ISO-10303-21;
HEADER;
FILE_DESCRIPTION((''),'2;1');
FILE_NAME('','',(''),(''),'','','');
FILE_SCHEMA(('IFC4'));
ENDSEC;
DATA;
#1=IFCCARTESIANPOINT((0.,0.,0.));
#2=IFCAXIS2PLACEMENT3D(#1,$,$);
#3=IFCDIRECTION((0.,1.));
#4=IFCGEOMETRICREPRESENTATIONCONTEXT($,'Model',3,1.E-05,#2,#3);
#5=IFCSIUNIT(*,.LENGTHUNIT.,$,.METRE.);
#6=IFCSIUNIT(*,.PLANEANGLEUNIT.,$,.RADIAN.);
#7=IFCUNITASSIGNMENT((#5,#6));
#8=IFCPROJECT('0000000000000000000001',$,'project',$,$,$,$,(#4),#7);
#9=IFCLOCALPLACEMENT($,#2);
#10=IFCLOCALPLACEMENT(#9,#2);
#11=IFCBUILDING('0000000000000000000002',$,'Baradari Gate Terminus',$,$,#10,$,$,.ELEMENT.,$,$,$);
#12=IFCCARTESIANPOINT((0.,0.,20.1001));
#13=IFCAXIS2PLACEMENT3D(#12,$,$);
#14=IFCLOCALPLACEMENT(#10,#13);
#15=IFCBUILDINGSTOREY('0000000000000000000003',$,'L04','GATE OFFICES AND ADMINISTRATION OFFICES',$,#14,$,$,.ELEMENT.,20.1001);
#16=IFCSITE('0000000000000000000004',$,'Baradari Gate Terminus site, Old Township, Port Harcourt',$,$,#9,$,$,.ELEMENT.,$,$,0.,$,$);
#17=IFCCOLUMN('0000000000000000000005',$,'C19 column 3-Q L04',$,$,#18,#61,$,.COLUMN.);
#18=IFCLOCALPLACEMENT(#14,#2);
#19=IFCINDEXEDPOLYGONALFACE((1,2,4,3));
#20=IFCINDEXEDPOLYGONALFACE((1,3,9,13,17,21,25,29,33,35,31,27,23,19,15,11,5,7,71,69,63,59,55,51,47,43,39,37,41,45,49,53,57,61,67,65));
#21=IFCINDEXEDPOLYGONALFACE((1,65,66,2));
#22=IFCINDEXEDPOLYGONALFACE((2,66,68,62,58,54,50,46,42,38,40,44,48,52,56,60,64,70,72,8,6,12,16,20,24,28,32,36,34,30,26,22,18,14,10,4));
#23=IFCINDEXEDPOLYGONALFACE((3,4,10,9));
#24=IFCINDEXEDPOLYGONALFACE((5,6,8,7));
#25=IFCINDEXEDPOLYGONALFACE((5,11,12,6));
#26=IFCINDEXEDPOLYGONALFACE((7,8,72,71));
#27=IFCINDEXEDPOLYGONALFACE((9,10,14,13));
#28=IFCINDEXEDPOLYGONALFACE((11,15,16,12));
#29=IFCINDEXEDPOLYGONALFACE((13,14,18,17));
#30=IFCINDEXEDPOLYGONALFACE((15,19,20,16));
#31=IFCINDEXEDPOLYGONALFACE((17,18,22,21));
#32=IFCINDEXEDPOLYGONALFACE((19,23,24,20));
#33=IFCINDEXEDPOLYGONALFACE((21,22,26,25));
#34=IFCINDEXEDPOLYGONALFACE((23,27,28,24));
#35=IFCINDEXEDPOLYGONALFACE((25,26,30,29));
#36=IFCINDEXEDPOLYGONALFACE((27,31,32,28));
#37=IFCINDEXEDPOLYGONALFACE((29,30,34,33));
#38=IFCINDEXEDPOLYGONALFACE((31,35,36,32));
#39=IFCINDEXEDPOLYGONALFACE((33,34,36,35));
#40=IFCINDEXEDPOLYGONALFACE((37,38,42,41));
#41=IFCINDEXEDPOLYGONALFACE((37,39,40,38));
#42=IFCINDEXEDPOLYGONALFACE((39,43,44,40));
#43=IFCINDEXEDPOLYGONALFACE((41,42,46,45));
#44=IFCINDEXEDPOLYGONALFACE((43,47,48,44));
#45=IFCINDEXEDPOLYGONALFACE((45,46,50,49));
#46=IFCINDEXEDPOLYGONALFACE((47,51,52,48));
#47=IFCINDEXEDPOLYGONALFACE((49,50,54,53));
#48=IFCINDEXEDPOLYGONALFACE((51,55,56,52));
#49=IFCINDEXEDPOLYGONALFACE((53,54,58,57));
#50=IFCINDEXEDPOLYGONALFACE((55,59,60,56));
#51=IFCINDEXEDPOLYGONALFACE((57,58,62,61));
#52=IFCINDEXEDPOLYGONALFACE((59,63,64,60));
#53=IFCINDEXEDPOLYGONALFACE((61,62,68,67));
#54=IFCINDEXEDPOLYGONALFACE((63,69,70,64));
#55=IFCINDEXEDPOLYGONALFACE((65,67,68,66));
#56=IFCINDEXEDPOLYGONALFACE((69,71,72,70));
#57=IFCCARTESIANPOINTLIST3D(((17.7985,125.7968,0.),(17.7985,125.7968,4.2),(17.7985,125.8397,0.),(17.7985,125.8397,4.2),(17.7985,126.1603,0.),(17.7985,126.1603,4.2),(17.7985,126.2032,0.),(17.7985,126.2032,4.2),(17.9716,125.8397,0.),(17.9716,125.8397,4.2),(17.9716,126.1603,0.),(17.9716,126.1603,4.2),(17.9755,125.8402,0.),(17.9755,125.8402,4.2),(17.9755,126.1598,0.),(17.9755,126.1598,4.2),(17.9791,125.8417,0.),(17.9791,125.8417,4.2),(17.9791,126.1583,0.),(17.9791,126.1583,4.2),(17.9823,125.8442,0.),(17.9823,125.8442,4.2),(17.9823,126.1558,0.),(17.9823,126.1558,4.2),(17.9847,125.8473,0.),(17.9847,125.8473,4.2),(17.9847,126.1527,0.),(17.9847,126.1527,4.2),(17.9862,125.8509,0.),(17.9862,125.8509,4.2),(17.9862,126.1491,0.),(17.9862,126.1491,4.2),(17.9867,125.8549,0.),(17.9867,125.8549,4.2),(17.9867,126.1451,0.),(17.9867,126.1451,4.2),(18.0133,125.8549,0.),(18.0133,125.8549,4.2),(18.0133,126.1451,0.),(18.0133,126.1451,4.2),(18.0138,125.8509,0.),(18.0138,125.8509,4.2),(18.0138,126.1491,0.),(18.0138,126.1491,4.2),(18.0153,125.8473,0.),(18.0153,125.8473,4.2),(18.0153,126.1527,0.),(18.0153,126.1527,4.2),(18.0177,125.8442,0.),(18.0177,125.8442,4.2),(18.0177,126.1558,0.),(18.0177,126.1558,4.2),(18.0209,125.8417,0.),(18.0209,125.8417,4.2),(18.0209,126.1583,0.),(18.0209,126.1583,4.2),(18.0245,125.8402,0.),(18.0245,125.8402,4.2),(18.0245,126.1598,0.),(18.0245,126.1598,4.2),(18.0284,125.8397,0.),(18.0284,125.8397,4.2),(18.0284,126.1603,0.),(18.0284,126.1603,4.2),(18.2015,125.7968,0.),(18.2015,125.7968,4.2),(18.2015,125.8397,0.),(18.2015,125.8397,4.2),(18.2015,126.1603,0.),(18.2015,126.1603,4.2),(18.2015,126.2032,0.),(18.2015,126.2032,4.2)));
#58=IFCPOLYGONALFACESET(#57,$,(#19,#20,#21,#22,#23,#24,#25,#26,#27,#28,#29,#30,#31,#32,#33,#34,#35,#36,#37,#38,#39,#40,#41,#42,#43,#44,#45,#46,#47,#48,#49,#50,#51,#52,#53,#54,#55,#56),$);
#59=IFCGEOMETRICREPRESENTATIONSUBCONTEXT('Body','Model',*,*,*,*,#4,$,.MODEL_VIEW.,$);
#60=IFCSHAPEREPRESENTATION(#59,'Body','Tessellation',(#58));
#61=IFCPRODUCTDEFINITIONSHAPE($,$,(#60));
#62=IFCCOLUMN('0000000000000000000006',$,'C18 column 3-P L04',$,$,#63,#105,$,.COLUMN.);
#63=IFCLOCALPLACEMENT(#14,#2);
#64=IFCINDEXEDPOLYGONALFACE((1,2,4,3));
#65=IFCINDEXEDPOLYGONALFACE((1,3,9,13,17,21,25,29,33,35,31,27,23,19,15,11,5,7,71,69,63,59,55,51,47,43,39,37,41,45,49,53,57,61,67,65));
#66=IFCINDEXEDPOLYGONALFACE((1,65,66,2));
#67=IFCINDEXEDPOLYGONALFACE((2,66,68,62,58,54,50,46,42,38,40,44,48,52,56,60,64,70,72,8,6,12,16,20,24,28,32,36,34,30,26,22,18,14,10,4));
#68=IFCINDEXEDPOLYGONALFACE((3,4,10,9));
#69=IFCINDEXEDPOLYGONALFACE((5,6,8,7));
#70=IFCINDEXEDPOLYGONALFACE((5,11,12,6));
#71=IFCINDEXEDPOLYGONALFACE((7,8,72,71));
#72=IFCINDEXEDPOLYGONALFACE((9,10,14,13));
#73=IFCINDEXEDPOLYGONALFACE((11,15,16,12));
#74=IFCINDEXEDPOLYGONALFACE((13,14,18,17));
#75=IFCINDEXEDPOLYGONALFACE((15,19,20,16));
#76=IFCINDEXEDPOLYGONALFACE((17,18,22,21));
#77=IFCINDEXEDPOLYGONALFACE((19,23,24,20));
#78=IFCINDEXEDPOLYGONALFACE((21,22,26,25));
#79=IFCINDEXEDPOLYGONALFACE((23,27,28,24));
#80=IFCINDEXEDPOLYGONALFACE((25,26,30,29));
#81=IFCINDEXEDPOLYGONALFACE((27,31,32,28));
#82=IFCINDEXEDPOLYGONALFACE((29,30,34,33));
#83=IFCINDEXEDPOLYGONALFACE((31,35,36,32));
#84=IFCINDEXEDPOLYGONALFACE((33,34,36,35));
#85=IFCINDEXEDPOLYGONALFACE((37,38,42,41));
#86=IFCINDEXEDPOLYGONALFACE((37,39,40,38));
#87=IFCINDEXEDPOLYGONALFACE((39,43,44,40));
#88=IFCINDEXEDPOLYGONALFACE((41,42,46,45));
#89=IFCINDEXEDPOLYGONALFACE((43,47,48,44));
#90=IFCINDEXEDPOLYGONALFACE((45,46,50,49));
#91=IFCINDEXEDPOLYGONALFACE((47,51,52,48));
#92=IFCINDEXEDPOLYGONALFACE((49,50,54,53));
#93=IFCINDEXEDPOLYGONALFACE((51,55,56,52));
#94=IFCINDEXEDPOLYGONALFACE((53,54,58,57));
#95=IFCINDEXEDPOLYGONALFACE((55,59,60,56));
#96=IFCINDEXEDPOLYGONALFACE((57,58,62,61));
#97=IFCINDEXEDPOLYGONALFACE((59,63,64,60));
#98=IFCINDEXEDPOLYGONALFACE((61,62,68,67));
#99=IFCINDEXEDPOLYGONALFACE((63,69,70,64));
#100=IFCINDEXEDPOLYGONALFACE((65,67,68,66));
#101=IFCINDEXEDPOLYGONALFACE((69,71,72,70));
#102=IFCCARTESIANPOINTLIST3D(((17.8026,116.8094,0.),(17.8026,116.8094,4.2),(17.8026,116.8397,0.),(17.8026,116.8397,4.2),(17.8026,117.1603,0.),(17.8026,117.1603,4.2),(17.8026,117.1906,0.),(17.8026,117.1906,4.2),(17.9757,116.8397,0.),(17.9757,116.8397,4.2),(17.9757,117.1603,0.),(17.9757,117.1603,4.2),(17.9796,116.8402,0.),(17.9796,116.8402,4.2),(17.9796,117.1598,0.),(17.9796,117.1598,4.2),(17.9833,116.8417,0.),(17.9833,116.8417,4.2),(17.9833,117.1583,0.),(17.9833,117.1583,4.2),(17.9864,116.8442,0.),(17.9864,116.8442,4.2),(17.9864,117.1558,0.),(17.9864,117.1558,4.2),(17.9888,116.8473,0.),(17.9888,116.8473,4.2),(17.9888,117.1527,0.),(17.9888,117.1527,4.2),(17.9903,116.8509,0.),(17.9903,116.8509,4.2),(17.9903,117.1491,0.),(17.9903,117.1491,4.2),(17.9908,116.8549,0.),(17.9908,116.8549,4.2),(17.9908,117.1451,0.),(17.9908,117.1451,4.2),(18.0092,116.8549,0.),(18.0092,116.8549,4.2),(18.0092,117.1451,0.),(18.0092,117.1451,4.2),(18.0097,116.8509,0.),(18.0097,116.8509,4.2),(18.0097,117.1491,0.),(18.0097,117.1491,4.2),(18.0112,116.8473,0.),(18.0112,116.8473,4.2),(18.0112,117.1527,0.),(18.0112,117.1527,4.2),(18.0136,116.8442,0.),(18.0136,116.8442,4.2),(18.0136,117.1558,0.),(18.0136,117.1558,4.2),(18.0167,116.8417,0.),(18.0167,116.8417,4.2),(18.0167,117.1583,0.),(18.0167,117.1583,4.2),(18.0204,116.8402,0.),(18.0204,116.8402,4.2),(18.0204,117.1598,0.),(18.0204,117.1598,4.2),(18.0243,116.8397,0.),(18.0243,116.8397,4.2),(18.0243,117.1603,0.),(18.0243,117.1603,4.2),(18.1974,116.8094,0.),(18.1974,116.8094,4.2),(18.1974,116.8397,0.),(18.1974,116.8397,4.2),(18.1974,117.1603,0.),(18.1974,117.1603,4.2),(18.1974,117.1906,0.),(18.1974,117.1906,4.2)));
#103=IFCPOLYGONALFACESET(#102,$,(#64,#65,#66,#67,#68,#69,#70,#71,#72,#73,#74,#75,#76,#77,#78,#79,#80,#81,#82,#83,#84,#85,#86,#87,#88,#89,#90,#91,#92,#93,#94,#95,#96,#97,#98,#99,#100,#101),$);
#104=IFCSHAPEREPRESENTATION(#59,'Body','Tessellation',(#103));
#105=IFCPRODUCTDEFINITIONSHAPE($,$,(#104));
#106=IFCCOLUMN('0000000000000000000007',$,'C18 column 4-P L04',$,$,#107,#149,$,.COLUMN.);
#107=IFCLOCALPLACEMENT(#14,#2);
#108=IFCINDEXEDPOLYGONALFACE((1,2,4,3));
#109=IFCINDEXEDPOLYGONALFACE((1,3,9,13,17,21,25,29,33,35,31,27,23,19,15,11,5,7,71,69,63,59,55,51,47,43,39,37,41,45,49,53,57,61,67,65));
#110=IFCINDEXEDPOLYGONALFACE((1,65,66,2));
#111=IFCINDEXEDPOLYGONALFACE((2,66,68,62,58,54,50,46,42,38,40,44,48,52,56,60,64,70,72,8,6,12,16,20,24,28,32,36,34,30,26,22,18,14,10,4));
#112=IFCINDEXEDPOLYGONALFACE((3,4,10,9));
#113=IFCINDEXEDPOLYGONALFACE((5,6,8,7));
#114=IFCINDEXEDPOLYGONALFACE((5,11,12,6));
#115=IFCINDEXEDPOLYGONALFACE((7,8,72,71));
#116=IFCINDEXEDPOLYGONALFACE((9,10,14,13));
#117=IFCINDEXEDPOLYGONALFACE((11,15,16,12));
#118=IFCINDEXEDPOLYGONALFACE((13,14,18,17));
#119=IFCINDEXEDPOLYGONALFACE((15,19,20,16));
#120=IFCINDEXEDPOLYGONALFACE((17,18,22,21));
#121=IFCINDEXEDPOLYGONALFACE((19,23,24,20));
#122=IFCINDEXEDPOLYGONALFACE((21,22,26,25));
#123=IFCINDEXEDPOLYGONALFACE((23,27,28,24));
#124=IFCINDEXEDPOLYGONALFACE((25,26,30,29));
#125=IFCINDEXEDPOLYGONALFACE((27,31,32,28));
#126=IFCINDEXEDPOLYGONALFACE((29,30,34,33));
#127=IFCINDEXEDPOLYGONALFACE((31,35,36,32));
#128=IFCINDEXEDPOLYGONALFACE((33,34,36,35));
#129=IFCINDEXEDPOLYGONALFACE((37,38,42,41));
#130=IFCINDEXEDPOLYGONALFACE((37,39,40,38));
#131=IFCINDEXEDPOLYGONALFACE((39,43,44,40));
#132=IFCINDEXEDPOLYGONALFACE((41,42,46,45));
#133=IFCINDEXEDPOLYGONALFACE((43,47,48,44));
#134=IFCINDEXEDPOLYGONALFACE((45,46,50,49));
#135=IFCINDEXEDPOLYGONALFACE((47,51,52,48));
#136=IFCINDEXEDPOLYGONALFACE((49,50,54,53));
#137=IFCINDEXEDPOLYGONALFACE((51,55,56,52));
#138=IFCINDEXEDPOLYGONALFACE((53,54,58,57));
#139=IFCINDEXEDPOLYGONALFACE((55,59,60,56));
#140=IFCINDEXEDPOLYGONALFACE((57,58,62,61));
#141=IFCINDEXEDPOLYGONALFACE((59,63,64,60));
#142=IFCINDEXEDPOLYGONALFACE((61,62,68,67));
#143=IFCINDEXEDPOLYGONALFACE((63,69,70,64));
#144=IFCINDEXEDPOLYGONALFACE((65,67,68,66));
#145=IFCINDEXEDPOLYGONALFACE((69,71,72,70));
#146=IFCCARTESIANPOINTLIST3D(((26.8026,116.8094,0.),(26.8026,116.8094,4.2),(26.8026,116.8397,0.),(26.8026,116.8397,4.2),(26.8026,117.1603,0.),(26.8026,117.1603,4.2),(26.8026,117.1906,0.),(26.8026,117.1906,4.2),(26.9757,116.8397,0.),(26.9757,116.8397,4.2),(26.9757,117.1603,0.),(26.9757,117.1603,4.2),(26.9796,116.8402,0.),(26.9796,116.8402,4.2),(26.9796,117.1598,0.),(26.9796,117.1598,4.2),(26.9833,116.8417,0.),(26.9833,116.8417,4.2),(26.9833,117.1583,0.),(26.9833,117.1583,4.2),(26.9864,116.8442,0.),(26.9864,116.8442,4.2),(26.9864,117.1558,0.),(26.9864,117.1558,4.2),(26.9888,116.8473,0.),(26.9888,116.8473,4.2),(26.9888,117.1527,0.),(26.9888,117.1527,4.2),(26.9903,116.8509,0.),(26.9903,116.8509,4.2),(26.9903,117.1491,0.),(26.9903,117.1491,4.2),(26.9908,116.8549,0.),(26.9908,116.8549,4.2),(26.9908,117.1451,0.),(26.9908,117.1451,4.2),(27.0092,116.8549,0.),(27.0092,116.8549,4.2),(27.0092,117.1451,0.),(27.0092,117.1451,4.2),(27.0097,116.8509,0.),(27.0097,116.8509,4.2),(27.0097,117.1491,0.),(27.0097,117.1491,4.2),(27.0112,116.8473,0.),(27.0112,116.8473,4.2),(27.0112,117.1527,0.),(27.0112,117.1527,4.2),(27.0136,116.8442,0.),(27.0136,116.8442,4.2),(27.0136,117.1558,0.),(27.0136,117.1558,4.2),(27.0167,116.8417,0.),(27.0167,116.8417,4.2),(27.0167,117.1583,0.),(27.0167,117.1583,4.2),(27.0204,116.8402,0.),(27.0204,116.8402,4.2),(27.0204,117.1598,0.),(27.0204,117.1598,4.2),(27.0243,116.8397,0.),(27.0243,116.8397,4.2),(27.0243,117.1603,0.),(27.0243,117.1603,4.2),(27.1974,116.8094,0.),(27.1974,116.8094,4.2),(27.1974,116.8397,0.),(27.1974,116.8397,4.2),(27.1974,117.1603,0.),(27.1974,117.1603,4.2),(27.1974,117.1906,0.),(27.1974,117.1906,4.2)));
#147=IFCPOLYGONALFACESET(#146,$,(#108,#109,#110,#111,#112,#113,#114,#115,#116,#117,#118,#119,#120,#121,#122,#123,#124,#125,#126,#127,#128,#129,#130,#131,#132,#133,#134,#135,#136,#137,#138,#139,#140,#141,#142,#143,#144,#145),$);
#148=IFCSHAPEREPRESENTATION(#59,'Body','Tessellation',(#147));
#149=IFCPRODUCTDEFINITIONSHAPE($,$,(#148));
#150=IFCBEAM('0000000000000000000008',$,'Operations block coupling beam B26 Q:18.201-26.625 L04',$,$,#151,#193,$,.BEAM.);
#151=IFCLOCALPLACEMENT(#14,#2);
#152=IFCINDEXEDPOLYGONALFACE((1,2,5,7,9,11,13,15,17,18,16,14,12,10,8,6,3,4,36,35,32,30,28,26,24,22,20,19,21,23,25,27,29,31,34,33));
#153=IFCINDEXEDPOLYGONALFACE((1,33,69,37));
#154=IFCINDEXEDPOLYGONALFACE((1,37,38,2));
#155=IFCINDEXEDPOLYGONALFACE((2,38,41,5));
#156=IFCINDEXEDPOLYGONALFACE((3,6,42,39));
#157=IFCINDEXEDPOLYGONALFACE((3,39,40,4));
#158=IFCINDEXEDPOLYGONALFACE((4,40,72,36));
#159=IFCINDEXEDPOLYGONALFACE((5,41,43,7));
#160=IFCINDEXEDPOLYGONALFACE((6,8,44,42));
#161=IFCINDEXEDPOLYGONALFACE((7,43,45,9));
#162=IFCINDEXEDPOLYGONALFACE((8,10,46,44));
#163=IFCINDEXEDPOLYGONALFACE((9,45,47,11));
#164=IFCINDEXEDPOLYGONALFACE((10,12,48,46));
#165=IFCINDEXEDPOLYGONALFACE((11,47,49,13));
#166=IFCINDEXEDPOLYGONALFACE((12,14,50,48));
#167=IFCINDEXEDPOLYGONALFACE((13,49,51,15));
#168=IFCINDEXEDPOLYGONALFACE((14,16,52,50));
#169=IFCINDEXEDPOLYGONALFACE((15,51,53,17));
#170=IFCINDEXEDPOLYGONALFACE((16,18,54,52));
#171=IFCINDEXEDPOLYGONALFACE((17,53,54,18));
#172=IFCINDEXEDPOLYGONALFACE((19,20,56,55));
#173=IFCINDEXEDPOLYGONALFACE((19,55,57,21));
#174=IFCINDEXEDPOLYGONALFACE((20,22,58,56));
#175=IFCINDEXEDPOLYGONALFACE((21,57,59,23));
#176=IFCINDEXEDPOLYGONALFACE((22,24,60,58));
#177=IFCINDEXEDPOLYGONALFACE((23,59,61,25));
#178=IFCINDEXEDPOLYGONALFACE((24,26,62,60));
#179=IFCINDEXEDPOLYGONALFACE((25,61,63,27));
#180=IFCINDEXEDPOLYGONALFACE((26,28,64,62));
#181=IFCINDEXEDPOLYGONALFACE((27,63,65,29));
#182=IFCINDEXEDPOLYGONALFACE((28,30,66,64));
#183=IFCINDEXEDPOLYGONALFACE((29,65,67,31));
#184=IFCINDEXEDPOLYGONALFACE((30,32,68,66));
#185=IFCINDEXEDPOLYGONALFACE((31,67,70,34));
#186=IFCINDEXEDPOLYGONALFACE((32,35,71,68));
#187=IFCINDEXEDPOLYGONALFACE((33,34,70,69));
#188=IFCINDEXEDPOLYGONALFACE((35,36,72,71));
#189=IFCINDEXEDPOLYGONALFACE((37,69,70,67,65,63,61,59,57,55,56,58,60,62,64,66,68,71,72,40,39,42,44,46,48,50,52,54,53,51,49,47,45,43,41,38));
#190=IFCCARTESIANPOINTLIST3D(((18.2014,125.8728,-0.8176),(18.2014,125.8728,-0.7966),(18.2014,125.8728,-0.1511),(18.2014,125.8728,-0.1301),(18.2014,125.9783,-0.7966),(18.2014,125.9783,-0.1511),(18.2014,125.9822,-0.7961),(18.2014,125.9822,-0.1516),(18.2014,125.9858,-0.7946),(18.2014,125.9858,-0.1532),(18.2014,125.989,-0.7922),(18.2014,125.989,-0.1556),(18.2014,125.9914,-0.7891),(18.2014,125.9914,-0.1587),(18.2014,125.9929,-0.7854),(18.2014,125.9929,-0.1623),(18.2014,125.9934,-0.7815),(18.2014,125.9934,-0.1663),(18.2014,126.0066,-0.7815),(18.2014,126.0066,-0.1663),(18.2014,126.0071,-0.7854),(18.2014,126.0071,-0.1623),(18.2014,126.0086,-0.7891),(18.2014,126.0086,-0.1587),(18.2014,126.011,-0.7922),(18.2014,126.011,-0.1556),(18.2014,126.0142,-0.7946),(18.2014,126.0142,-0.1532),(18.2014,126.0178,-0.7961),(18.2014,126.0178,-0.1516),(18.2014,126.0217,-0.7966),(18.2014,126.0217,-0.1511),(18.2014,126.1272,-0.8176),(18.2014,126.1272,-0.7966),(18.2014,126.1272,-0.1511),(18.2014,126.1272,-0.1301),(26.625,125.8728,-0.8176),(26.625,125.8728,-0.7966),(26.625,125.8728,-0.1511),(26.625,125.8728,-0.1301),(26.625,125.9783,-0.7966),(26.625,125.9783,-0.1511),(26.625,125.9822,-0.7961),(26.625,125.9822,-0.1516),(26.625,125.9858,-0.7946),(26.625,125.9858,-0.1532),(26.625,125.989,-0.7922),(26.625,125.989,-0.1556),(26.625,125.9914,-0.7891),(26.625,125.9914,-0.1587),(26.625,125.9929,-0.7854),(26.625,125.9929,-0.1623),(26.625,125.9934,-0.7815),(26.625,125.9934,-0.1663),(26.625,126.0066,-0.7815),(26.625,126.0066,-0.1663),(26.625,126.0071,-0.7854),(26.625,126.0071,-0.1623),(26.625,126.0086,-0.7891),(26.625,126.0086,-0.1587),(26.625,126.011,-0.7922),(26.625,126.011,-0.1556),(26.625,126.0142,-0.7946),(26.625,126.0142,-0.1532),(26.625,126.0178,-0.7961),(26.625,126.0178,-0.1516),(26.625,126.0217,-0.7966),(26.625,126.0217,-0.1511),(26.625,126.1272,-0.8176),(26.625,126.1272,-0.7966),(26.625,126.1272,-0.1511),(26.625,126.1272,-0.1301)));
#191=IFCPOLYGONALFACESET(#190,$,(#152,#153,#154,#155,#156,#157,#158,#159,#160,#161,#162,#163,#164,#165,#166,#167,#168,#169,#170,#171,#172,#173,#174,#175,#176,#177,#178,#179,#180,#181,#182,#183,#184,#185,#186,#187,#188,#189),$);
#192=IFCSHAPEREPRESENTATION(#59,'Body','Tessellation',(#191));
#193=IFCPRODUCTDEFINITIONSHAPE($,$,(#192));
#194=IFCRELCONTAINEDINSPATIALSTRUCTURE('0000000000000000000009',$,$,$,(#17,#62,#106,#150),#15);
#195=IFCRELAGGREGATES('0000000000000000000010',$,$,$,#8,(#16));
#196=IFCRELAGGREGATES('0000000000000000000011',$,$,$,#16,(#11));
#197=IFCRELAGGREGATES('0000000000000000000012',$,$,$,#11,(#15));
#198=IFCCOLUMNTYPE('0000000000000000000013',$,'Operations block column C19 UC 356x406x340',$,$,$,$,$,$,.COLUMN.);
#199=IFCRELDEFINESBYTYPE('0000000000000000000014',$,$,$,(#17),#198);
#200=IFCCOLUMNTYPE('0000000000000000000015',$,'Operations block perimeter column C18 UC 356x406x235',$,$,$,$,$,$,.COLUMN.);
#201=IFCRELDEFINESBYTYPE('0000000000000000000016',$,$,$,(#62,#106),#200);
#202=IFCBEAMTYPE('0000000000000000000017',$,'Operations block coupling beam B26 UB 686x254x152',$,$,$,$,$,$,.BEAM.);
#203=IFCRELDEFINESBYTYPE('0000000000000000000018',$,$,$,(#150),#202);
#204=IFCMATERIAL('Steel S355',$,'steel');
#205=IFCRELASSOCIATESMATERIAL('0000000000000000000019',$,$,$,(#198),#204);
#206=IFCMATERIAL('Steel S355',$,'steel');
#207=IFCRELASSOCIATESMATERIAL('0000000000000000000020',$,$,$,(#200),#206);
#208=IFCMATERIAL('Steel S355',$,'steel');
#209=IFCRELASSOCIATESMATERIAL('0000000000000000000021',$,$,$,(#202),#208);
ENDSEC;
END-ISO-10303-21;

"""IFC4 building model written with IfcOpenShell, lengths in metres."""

from ifc_helpers import new_model, si_unit, direction, frame, origin, origin_2d, place, context, subcontext, project, spatial, i_section, extrude, material, material_profile, profile_set, type_object, element, save


model = new_model("IFC4")

# Units and contexts
model_context = context("Model", 3, precision=1e-05, world=origin(), true_north=direction((0.0, 1.0)))
body_context = subcontext(model_context, "Body", "Model", "MODEL_VIEW")
ifc_project = project(units=[si_unit("LENGTHUNIT", "METRE"), si_unit("PLANEANGLEUNIT", "RADIAN")], contexts=[model_context])

# Site, building, storey
site_placement = place(None, origin())
site = spatial("IfcSite", under=ifc_project, at=site_placement, Name="Baradari Gate Terminus site, Old Township, Port Harcourt", CompositionType="ELEMENT", RefElevation=0.0)
building_placement = place(site_placement, origin())
building = spatial("IfcBuilding", under=site, at=building_placement, Name="Baradari Gate Terminus", CompositionType="ELEMENT")
storey_placement = place(building_placement, frame((0.0, 0.0, 20.1001)))
storey = spatial("IfcBuildingStorey", under=building, at=storey_placement, Name="L04", Description="GATE OFFICES AND ADMINISTRATION OFFICES", CompositionType="ELEMENT", Elevation=20.1001)

# Columns
ifc_material_1 = material(Name="Steel S355", Category="steel")
ifc_material_profile_1 = material_profile(ifc_material_1, i_section(OverallWidth=0.4031, OverallDepth=0.4065, WebThickness=0.0266, FlangeThickness=0.043, FilletRadius=0.0151, at=origin_2d()), Name="UC 356x406x340")
ifc_profile_set_1 = profile_set([ifc_material_profile_1], Name="Steel S355")
column_type_1 = type_object("IfcColumnType", Name="Operations block column C19 UC 356x406x340", PredefinedType="COLUMN", material=ifc_profile_set_1)
column_placement = place(storey_placement, frame((18.0, 126.0, 0.0), z_axis=(0.0, 0.0, 1.0), x_axis=(1.0, 0.0, 0.0)))
element("IfcColumn", 1, at=column_placement, inside=storey, type_object=column_type_1, Name="C19 column 3-Q L04", PredefinedType="COLUMN", context=body_context, shape_type="SweptSolid", body=[
    extrude(i_section(OverallWidth=0.4031, OverallDepth=0.4065, WebThickness=0.0266, FlangeThickness=0.043, FilletRadius=0.0151, at=origin_2d()), origin(), (0.0, 0.0, 1.0), 4.2),
])
ifc_material_2 = material(Name="Steel S355", Category="steel")
ifc_material_profile_2 = material_profile(ifc_material_2, i_section(OverallWidth=0.3948, OverallDepth=0.3811, WebThickness=0.0183, FlangeThickness=0.0303, FilletRadius=0.0151, at=origin_2d()), Name="UC 356x406x235")
ifc_profile_set_2 = profile_set([ifc_material_profile_2], Name="Steel S355")
column_type_2 = type_object("IfcColumnType", Name="Operations block perimeter column C18 UC 356x406x235", PredefinedType="COLUMN", material=ifc_profile_set_2)
for number, where, z_axis, x_axis, name in (
    (2, (18.0, 117.0, 0.0), (0.0, 0.0, 1.0), (1.0, 0.0, 0.0), "C18 column 3-P L04"),
    (3, (27.0, 117.0, 0.0), (0.0, 0.0, 1.0), (1.0, 0.0, 0.0), "C18 column 4-P L04"),
):
    element("IfcColumn", number, at=place(storey_placement, frame(where, z_axis=z_axis, x_axis=x_axis)), inside=storey, type_object=column_type_2, Name=name, PredefinedType="COLUMN", context=body_context, shape_type="SweptSolid", body=[
        extrude(i_section(OverallWidth=0.3948, OverallDepth=0.3811, WebThickness=0.0183, FlangeThickness=0.0303, FilletRadius=0.0151, at=origin_2d()), origin(), (0.0, 0.0, 1.0), 4.2),
    ])

# Beam
ifc_material_3 = material(Name="Steel S355", Category="steel")
ifc_material_profile_3 = material_profile(ifc_material_3, i_section(OverallWidth=0.2544, OverallDepth=0.6875, WebThickness=0.0132, FlangeThickness=0.021, FilletRadius=0.0151, at=origin_2d()), Name="UB 686x254x152")
ifc_profile_set_3 = profile_set([ifc_material_profile_3], Name="Steel S355")
beam_type_1 = type_object("IfcBeamType", Name="Operations block coupling beam B26 UB 686x254x152", PredefinedType="BEAM", material=ifc_profile_set_3)
beam_1_placement = place(storey_placement, frame((18.2014, 126.0, -0.4739), z_axis=(1.0, 0.0, 0.0), x_axis=(0.0, 1.0, 0.0)))
element("IfcBeam", 4, at=beam_1_placement, inside=storey, type_object=beam_type_1, Name="Operations block coupling beam B26 Q:18.201-26.625 L04", PredefinedType="BEAM", context=body_context, shape_type="SweptSolid", body=[
    extrude(i_section(OverallWidth=0.2544, OverallDepth=0.6875, WebThickness=0.0132, FlangeThickness=0.021, FilletRadius=0.0151, at=origin_2d()), origin(), (0.0, 0.0, 1.0), 8.4236),
])

save(model, "model.ifc")
